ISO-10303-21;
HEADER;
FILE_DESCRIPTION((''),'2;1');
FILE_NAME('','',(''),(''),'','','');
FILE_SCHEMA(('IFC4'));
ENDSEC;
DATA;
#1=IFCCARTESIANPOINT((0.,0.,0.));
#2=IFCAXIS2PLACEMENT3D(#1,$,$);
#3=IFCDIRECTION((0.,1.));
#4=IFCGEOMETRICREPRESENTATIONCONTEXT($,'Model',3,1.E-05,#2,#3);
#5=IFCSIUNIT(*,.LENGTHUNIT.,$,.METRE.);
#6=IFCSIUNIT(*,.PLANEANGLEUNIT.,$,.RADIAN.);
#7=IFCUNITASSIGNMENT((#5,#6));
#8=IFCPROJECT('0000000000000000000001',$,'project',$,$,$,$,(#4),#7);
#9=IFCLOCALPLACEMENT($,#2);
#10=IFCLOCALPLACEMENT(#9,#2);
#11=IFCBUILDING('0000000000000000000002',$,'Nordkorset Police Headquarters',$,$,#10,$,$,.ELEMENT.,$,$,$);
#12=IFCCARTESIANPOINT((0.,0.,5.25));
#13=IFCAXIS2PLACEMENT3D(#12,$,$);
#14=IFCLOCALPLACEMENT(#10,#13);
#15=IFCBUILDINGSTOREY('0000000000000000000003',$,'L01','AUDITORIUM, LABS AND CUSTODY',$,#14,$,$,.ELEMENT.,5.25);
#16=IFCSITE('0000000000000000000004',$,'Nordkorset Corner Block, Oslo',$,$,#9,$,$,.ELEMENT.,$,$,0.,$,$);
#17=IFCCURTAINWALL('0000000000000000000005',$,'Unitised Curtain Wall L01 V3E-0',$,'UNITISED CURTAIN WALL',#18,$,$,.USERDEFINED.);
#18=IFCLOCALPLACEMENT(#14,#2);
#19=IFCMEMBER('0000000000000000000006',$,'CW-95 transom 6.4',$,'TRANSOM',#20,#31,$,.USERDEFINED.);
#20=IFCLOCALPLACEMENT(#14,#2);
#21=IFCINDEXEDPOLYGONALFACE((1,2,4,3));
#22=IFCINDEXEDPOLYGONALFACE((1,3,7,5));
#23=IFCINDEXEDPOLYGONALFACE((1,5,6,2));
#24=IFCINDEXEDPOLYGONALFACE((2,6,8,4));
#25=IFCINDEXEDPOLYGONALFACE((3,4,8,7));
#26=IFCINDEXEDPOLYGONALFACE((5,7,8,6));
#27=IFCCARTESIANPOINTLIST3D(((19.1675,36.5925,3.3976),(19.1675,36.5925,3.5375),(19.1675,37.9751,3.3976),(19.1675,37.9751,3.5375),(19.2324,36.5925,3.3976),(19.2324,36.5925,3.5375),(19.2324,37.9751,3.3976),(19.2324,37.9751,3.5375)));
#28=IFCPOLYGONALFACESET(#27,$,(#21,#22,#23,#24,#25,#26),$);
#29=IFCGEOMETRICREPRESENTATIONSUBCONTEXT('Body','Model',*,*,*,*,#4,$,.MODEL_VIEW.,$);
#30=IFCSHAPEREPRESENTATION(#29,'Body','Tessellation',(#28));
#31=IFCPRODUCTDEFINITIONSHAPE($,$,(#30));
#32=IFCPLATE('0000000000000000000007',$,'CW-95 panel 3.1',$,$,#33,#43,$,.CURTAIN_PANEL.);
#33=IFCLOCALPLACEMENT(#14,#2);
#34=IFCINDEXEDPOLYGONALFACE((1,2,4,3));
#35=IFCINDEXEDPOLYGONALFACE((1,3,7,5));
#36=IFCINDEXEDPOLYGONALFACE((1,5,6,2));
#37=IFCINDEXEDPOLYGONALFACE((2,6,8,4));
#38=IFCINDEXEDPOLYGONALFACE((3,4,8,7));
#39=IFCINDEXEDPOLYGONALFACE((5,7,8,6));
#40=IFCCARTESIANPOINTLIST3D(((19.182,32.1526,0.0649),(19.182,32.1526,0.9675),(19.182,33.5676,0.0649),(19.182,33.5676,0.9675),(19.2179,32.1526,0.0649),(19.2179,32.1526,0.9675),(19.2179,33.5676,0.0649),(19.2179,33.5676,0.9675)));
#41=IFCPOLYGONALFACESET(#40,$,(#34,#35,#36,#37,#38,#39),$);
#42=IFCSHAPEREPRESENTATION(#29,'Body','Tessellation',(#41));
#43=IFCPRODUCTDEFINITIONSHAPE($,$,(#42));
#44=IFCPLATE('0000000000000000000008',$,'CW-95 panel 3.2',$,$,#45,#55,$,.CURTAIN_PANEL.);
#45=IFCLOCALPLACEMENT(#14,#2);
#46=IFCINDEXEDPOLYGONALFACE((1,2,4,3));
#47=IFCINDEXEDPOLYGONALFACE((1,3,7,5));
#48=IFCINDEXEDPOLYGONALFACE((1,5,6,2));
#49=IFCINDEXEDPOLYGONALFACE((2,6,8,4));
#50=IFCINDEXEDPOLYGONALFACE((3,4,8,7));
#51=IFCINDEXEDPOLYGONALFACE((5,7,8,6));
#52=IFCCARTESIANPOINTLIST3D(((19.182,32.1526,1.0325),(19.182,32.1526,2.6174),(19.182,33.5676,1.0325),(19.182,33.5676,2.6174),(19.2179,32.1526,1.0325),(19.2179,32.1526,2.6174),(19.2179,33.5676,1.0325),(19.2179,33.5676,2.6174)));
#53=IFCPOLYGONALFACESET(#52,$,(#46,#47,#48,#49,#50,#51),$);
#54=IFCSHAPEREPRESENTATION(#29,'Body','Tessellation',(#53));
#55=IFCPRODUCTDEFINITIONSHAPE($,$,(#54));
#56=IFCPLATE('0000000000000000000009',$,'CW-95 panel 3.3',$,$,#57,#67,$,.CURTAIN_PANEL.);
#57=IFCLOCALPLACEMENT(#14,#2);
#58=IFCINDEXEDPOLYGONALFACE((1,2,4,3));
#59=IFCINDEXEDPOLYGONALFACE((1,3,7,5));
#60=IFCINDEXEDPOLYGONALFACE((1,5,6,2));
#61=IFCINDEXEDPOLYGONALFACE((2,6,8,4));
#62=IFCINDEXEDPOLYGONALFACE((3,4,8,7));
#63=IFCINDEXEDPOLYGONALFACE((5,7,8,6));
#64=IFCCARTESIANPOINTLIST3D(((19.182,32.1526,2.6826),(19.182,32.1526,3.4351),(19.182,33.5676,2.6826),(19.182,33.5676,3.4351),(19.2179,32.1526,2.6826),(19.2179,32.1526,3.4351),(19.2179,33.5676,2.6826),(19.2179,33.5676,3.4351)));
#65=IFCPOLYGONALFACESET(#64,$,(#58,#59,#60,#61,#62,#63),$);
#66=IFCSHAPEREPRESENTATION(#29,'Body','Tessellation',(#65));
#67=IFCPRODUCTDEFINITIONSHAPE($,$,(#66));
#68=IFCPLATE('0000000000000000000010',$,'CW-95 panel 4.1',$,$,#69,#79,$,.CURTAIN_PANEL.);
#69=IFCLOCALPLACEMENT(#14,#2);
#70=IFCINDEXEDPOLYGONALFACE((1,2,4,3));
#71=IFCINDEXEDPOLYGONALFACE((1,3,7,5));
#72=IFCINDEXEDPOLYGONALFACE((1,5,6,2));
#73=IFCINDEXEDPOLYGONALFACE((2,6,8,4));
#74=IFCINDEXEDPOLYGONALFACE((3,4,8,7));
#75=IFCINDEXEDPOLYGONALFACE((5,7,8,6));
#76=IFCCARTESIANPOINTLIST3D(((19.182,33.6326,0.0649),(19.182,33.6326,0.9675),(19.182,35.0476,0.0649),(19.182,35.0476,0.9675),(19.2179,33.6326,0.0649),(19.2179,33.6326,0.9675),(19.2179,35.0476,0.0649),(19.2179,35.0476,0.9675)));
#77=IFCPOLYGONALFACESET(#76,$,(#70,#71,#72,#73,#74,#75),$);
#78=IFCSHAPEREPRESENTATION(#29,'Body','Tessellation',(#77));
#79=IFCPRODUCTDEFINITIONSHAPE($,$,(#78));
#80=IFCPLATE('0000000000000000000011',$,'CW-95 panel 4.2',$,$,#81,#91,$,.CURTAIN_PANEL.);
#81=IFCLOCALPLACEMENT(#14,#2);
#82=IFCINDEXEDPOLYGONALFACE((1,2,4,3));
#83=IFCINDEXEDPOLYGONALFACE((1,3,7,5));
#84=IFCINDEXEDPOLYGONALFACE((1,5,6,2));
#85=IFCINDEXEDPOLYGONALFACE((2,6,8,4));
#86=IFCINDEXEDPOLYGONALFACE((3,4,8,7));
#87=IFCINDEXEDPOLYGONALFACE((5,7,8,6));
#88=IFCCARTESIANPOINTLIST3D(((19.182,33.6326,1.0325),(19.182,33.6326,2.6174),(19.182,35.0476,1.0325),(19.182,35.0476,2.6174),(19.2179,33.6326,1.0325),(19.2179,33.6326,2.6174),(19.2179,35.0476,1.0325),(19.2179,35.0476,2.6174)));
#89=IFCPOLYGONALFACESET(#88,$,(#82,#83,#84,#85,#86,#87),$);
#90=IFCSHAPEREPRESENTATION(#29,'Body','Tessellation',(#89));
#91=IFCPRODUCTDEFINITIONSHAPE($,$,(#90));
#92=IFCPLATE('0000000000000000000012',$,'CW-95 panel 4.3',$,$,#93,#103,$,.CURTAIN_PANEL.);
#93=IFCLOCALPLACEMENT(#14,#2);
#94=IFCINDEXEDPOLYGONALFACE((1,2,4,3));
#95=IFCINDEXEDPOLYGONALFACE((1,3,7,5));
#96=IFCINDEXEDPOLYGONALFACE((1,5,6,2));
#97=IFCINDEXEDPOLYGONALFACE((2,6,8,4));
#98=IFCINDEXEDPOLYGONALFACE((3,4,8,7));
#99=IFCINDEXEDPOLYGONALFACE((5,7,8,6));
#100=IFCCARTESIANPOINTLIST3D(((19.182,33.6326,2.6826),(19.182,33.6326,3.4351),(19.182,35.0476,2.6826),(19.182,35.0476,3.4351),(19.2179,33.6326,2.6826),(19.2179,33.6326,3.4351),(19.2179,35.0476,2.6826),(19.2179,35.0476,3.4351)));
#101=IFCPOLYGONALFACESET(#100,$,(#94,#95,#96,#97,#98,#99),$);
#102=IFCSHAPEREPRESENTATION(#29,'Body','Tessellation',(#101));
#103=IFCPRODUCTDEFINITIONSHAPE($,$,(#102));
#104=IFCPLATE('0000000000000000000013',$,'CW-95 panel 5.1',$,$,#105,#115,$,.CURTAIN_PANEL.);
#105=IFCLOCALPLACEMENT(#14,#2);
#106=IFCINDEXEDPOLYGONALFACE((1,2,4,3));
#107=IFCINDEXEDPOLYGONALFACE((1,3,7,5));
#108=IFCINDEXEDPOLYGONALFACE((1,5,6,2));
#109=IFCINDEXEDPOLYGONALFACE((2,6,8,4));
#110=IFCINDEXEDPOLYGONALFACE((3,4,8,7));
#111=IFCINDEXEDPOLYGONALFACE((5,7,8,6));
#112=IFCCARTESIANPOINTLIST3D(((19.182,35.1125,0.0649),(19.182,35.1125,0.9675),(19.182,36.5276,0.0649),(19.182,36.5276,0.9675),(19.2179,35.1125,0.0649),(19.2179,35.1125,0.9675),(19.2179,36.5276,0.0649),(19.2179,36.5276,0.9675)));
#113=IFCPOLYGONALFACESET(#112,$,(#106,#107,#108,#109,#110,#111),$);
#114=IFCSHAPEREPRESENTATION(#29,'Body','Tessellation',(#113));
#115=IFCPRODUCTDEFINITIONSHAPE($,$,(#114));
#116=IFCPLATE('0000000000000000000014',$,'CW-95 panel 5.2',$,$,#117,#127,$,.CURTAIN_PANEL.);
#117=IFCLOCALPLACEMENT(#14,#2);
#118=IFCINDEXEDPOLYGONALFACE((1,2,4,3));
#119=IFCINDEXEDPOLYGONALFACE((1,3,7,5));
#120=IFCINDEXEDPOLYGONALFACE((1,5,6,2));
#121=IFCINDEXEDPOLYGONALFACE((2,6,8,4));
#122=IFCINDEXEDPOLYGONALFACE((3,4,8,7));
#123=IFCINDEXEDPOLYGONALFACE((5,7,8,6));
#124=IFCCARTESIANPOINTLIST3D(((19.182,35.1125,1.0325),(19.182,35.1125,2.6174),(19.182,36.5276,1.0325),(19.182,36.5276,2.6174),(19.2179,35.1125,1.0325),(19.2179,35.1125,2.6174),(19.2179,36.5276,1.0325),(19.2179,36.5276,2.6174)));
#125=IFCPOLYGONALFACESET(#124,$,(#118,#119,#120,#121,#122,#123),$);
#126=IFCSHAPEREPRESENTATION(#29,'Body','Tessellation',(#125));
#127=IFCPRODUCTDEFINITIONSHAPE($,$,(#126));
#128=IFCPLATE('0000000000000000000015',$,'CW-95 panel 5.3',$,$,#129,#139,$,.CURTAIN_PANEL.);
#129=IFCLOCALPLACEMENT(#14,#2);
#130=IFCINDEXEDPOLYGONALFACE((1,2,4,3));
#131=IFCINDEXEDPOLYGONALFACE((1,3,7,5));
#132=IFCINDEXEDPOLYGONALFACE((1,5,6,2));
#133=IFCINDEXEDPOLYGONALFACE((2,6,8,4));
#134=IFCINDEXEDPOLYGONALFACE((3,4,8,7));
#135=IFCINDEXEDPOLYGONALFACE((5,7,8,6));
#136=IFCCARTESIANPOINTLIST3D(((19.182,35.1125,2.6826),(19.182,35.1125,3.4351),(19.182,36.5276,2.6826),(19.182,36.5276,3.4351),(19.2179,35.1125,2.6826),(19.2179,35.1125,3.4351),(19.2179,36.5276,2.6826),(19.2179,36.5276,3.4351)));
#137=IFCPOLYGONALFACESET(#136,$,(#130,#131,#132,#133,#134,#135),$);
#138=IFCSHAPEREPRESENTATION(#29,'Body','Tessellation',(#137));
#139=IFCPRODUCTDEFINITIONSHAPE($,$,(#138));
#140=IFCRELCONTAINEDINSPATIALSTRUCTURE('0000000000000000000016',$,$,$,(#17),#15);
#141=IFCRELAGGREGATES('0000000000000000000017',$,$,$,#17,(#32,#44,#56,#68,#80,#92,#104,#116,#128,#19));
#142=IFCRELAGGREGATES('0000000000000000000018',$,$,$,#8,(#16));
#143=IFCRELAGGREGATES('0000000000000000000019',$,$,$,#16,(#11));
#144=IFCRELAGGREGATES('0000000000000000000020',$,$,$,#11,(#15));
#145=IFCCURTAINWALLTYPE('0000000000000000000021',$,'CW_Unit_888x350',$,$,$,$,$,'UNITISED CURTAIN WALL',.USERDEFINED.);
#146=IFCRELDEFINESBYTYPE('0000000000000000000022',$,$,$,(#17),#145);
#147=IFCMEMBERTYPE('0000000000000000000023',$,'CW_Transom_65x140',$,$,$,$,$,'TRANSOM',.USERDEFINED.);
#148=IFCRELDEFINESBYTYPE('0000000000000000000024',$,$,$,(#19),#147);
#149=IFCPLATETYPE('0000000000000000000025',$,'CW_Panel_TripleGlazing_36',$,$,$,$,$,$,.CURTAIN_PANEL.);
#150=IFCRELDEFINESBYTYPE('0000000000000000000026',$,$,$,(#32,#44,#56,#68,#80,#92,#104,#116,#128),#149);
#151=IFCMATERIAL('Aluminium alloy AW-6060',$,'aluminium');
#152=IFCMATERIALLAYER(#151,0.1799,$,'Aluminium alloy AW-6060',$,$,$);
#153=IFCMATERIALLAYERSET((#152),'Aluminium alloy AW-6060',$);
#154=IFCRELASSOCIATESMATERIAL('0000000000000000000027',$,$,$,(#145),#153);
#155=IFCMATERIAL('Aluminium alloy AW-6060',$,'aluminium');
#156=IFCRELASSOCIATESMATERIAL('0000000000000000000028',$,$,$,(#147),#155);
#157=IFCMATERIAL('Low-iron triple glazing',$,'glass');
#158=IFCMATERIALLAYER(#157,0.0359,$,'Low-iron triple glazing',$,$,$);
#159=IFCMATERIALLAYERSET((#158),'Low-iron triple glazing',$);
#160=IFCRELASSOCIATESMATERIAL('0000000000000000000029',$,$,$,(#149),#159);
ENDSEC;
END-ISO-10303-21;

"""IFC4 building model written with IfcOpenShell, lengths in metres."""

from ifc_helpers import new_model, si_unit, direction, frame, origin, origin_2d, place, context, subcontext, project, spatial, rectangle, extrude, material, layer, layer_set, material_profile, profile_set, type_object, element, aggregate, save


model = new_model("IFC4")

# Units and contexts
model_context = context("Model", 3, precision=1e-05, world=origin(), true_north=direction((0.0, 1.0)))
body_context = subcontext(model_context, "Body", "Model", "MODEL_VIEW")
ifc_project = project(units=[si_unit("LENGTHUNIT", "METRE"), si_unit("PLANEANGLEUNIT", "RADIAN")], contexts=[model_context])

# Site, building, storey
site_placement = place(None, origin())
site = spatial("IfcSite", under=ifc_project, at=site_placement, Name="Nordkorset Corner Block, Oslo", CompositionType="ELEMENT", RefElevation=0.0)
building_placement = place(site_placement, origin())
building = spatial("IfcBuilding", under=site, at=building_placement, Name="Nordkorset Police Headquarters", CompositionType="ELEMENT")
storey_placement = place(building_placement, frame((0.0, 0.0, 5.25)))
storey = spatial("IfcBuildingStorey", under=building, at=storey_placement, Name="L01", Description="AUDITORIUM, LABS AND CUSTODY", CompositionType="ELEMENT", Elevation=5.25)

# Curtain wall, member, plates
ifc_material_1 = material(Name="Aluminium alloy AW-6060", Category="aluminium")
ifc_layer_1 = layer(ifc_material_1, 0.1799, Name="Aluminium alloy AW-6060")
ifc_layer_set_1 = layer_set([ifc_layer_1], Name="Aluminium alloy AW-6060")
curtain_wall_type = type_object("IfcCurtainWallType", Name="CW_Unit_888x350", ElementType="UNITISED CURTAIN WALL", PredefinedType="USERDEFINED", material=ifc_layer_set_1)
curtain_wall_placement = place(storey_placement, origin())
curtain_wall = element("IfcCurtainWall", 1, at=curtain_wall_placement, inside=storey, type_object=curtain_wall_type, Name="Unitised Curtain Wall L01 V3E-0", ObjectType="UNITISED CURTAIN WALL", PredefinedType="USERDEFINED")
ifc_material_2 = material(Name="Aluminium alloy AW-6060", Category="aluminium")
ifc_material_profile_1 = material_profile(ifc_material_2, rectangle(XDim=0.0649, YDim=0.1399, at=origin_2d()), Name="ALU TRAN 65x140")
ifc_profile_set_1 = profile_set([ifc_material_profile_1], Name="Aluminium alloy AW-6060")
member_type_1 = type_object("IfcMemberType", Name="CW_Transom_65x140", ElementType="TRANSOM", PredefinedType="USERDEFINED", material=ifc_profile_set_1)
member_1_placement = place(storey_placement, frame((19.2, 36.5925, 3.4675), z_axis=(0.0, 1.0, 0.0), x_axis=(-1.0, 0.0, 0.0)))
member_1 = element("IfcMember", 2, at=member_1_placement, type_object=member_type_1, Name="CW-95 transom 6.4", ObjectType="TRANSOM", PredefinedType="USERDEFINED", context=body_context, shape_type="SweptSolid", body=[
    extrude(rectangle(XDim=0.0649, YDim=0.1399, at=origin_2d()), origin(), (0.0, 0.0, 1.0), 1.3826),
])
ifc_material_3 = material(Name="Low-iron triple glazing", Category="glass")
ifc_layer_2 = layer(ifc_material_3, 0.0359, Name="Low-iron triple glazing")
ifc_layer_set_2 = layer_set([ifc_layer_2], Name="Low-iron triple glazing")
plate_type = type_object("IfcPlateType", Name="CW_Panel_TripleGlazing_36", PredefinedType="CURTAIN_PANEL", material=ifc_layer_set_2)
plate_1_placement = place(storey_placement, frame((19.2, 32.8601, 0.0649), z_axis=(0.0, 0.0, 1.0), x_axis=(0.0, 1.0, 0.0)))
plate_1 = element("IfcPlate", 3, at=plate_1_placement, type_object=plate_type, Name="CW-95 panel 3.1", PredefinedType="CURTAIN_PANEL", context=body_context, shape_type="SweptSolid", body=[
    extrude(rectangle(XDim=1.415, YDim=0.0359, at=origin_2d()), origin(), (0.0, 0.0, 1.0), 0.9026),
])
plate_2_placement = place(storey_placement, frame((19.2, 32.8601, 1.0325), z_axis=(0.0, 0.0, 1.0), x_axis=(0.0, 1.0, 0.0)))
plate_2 = element("IfcPlate", 4, at=plate_2_placement, type_object=plate_type, Name="CW-95 panel 3.2", PredefinedType="CURTAIN_PANEL", context=body_context, shape_type="SweptSolid", body=[
    extrude(rectangle(XDim=1.415, YDim=0.0359, at=origin_2d()), origin(), (0.0, 0.0, 1.0), 1.585),
])
plate_3_placement = place(storey_placement, frame((19.2, 32.8601, 2.6826), z_axis=(0.0, 0.0, 1.0), x_axis=(0.0, 1.0, 0.0)))
plate_3 = element("IfcPlate", 5, at=plate_3_placement, type_object=plate_type, Name="CW-95 panel 3.3", PredefinedType="CURTAIN_PANEL", context=body_context, shape_type="SweptSolid", body=[
    extrude(rectangle(XDim=1.415, YDim=0.0359, at=origin_2d()), origin(), (0.0, 0.0, 1.0), 0.7524),
])
plate_4_placement = place(storey_placement, frame((19.2, 34.3401, 0.0649), z_axis=(0.0, 0.0, 1.0), x_axis=(0.0, 1.0, 0.0)))
plate_4 = element("IfcPlate", 6, at=plate_4_placement, type_object=plate_type, Name="CW-95 panel 4.1", PredefinedType="CURTAIN_PANEL", context=body_context, shape_type="SweptSolid", body=[
    extrude(rectangle(XDim=1.415, YDim=0.0359, at=origin_2d()), origin(), (0.0, 0.0, 1.0), 0.9026),
])
plate_5_placement = place(storey_placement, frame((19.2, 34.3401, 1.0325), z_axis=(0.0, 0.0, 1.0), x_axis=(0.0, 1.0, 0.0)))
plate_5 = element("IfcPlate", 7, at=plate_5_placement, type_object=plate_type, Name="CW-95 panel 4.2", PredefinedType="CURTAIN_PANEL", context=body_context, shape_type="SweptSolid", body=[
    extrude(rectangle(XDim=1.415, YDim=0.0359, at=origin_2d()), origin(), (0.0, 0.0, 1.0), 1.585),
])
plate_6_placement = place(storey_placement, frame((19.2, 34.3401, 2.6826), z_axis=(0.0, 0.0, 1.0), x_axis=(0.0, 1.0, 0.0)))
plate_6 = element("IfcPlate", 8, at=plate_6_placement, type_object=plate_type, Name="CW-95 panel 4.3", PredefinedType="CURTAIN_PANEL", context=body_context, shape_type="SweptSolid", body=[
    extrude(rectangle(XDim=1.415, YDim=0.0359, at=origin_2d()), origin(), (0.0, 0.0, 1.0), 0.7524),
])
plate_7_placement = place(storey_placement, frame((19.2, 35.8201, 0.0649), z_axis=(0.0, 0.0, 1.0), x_axis=(0.0, 1.0, 0.0)))
plate_7 = element("IfcPlate", 9, at=plate_7_placement, type_object=plate_type, Name="CW-95 panel 5.1", PredefinedType="CURTAIN_PANEL", context=body_context, shape_type="SweptSolid", body=[
    extrude(rectangle(XDim=1.415, YDim=0.0359, at=origin_2d()), origin(), (0.0, 0.0, 1.0), 0.9026),
])
plate_8_placement = place(storey_placement, frame((19.2, 35.8201, 1.0325), z_axis=(0.0, 0.0, 1.0), x_axis=(0.0, 1.0, 0.0)))
plate_8 = element("IfcPlate", 10, at=plate_8_placement, type_object=plate_type, Name="CW-95 panel 5.2", PredefinedType="CURTAIN_PANEL", context=body_context, shape_type="SweptSolid", body=[
    extrude(rectangle(XDim=1.415, YDim=0.0359, at=origin_2d()), origin(), (0.0, 0.0, 1.0), 1.585),
])
plate_9_placement = place(storey_placement, frame((19.2, 35.8201, 2.6826), z_axis=(0.0, 0.0, 1.0), x_axis=(0.0, 1.0, 0.0)))
plate_9 = element("IfcPlate", 11, at=plate_9_placement, type_object=plate_type, Name="CW-95 panel 5.3", PredefinedType="CURTAIN_PANEL", context=body_context, shape_type="SweptSolid", body=[
    extrude(rectangle(XDim=1.415, YDim=0.0359, at=origin_2d()), origin(), (0.0, 0.0, 1.0), 0.7524),
])
aggregate(curtain_wall, [plate_1, plate_2, plate_3, plate_4, plate_5, plate_6, plate_7, plate_8, plate_9, member_1])

save(model, "model.ifc")
